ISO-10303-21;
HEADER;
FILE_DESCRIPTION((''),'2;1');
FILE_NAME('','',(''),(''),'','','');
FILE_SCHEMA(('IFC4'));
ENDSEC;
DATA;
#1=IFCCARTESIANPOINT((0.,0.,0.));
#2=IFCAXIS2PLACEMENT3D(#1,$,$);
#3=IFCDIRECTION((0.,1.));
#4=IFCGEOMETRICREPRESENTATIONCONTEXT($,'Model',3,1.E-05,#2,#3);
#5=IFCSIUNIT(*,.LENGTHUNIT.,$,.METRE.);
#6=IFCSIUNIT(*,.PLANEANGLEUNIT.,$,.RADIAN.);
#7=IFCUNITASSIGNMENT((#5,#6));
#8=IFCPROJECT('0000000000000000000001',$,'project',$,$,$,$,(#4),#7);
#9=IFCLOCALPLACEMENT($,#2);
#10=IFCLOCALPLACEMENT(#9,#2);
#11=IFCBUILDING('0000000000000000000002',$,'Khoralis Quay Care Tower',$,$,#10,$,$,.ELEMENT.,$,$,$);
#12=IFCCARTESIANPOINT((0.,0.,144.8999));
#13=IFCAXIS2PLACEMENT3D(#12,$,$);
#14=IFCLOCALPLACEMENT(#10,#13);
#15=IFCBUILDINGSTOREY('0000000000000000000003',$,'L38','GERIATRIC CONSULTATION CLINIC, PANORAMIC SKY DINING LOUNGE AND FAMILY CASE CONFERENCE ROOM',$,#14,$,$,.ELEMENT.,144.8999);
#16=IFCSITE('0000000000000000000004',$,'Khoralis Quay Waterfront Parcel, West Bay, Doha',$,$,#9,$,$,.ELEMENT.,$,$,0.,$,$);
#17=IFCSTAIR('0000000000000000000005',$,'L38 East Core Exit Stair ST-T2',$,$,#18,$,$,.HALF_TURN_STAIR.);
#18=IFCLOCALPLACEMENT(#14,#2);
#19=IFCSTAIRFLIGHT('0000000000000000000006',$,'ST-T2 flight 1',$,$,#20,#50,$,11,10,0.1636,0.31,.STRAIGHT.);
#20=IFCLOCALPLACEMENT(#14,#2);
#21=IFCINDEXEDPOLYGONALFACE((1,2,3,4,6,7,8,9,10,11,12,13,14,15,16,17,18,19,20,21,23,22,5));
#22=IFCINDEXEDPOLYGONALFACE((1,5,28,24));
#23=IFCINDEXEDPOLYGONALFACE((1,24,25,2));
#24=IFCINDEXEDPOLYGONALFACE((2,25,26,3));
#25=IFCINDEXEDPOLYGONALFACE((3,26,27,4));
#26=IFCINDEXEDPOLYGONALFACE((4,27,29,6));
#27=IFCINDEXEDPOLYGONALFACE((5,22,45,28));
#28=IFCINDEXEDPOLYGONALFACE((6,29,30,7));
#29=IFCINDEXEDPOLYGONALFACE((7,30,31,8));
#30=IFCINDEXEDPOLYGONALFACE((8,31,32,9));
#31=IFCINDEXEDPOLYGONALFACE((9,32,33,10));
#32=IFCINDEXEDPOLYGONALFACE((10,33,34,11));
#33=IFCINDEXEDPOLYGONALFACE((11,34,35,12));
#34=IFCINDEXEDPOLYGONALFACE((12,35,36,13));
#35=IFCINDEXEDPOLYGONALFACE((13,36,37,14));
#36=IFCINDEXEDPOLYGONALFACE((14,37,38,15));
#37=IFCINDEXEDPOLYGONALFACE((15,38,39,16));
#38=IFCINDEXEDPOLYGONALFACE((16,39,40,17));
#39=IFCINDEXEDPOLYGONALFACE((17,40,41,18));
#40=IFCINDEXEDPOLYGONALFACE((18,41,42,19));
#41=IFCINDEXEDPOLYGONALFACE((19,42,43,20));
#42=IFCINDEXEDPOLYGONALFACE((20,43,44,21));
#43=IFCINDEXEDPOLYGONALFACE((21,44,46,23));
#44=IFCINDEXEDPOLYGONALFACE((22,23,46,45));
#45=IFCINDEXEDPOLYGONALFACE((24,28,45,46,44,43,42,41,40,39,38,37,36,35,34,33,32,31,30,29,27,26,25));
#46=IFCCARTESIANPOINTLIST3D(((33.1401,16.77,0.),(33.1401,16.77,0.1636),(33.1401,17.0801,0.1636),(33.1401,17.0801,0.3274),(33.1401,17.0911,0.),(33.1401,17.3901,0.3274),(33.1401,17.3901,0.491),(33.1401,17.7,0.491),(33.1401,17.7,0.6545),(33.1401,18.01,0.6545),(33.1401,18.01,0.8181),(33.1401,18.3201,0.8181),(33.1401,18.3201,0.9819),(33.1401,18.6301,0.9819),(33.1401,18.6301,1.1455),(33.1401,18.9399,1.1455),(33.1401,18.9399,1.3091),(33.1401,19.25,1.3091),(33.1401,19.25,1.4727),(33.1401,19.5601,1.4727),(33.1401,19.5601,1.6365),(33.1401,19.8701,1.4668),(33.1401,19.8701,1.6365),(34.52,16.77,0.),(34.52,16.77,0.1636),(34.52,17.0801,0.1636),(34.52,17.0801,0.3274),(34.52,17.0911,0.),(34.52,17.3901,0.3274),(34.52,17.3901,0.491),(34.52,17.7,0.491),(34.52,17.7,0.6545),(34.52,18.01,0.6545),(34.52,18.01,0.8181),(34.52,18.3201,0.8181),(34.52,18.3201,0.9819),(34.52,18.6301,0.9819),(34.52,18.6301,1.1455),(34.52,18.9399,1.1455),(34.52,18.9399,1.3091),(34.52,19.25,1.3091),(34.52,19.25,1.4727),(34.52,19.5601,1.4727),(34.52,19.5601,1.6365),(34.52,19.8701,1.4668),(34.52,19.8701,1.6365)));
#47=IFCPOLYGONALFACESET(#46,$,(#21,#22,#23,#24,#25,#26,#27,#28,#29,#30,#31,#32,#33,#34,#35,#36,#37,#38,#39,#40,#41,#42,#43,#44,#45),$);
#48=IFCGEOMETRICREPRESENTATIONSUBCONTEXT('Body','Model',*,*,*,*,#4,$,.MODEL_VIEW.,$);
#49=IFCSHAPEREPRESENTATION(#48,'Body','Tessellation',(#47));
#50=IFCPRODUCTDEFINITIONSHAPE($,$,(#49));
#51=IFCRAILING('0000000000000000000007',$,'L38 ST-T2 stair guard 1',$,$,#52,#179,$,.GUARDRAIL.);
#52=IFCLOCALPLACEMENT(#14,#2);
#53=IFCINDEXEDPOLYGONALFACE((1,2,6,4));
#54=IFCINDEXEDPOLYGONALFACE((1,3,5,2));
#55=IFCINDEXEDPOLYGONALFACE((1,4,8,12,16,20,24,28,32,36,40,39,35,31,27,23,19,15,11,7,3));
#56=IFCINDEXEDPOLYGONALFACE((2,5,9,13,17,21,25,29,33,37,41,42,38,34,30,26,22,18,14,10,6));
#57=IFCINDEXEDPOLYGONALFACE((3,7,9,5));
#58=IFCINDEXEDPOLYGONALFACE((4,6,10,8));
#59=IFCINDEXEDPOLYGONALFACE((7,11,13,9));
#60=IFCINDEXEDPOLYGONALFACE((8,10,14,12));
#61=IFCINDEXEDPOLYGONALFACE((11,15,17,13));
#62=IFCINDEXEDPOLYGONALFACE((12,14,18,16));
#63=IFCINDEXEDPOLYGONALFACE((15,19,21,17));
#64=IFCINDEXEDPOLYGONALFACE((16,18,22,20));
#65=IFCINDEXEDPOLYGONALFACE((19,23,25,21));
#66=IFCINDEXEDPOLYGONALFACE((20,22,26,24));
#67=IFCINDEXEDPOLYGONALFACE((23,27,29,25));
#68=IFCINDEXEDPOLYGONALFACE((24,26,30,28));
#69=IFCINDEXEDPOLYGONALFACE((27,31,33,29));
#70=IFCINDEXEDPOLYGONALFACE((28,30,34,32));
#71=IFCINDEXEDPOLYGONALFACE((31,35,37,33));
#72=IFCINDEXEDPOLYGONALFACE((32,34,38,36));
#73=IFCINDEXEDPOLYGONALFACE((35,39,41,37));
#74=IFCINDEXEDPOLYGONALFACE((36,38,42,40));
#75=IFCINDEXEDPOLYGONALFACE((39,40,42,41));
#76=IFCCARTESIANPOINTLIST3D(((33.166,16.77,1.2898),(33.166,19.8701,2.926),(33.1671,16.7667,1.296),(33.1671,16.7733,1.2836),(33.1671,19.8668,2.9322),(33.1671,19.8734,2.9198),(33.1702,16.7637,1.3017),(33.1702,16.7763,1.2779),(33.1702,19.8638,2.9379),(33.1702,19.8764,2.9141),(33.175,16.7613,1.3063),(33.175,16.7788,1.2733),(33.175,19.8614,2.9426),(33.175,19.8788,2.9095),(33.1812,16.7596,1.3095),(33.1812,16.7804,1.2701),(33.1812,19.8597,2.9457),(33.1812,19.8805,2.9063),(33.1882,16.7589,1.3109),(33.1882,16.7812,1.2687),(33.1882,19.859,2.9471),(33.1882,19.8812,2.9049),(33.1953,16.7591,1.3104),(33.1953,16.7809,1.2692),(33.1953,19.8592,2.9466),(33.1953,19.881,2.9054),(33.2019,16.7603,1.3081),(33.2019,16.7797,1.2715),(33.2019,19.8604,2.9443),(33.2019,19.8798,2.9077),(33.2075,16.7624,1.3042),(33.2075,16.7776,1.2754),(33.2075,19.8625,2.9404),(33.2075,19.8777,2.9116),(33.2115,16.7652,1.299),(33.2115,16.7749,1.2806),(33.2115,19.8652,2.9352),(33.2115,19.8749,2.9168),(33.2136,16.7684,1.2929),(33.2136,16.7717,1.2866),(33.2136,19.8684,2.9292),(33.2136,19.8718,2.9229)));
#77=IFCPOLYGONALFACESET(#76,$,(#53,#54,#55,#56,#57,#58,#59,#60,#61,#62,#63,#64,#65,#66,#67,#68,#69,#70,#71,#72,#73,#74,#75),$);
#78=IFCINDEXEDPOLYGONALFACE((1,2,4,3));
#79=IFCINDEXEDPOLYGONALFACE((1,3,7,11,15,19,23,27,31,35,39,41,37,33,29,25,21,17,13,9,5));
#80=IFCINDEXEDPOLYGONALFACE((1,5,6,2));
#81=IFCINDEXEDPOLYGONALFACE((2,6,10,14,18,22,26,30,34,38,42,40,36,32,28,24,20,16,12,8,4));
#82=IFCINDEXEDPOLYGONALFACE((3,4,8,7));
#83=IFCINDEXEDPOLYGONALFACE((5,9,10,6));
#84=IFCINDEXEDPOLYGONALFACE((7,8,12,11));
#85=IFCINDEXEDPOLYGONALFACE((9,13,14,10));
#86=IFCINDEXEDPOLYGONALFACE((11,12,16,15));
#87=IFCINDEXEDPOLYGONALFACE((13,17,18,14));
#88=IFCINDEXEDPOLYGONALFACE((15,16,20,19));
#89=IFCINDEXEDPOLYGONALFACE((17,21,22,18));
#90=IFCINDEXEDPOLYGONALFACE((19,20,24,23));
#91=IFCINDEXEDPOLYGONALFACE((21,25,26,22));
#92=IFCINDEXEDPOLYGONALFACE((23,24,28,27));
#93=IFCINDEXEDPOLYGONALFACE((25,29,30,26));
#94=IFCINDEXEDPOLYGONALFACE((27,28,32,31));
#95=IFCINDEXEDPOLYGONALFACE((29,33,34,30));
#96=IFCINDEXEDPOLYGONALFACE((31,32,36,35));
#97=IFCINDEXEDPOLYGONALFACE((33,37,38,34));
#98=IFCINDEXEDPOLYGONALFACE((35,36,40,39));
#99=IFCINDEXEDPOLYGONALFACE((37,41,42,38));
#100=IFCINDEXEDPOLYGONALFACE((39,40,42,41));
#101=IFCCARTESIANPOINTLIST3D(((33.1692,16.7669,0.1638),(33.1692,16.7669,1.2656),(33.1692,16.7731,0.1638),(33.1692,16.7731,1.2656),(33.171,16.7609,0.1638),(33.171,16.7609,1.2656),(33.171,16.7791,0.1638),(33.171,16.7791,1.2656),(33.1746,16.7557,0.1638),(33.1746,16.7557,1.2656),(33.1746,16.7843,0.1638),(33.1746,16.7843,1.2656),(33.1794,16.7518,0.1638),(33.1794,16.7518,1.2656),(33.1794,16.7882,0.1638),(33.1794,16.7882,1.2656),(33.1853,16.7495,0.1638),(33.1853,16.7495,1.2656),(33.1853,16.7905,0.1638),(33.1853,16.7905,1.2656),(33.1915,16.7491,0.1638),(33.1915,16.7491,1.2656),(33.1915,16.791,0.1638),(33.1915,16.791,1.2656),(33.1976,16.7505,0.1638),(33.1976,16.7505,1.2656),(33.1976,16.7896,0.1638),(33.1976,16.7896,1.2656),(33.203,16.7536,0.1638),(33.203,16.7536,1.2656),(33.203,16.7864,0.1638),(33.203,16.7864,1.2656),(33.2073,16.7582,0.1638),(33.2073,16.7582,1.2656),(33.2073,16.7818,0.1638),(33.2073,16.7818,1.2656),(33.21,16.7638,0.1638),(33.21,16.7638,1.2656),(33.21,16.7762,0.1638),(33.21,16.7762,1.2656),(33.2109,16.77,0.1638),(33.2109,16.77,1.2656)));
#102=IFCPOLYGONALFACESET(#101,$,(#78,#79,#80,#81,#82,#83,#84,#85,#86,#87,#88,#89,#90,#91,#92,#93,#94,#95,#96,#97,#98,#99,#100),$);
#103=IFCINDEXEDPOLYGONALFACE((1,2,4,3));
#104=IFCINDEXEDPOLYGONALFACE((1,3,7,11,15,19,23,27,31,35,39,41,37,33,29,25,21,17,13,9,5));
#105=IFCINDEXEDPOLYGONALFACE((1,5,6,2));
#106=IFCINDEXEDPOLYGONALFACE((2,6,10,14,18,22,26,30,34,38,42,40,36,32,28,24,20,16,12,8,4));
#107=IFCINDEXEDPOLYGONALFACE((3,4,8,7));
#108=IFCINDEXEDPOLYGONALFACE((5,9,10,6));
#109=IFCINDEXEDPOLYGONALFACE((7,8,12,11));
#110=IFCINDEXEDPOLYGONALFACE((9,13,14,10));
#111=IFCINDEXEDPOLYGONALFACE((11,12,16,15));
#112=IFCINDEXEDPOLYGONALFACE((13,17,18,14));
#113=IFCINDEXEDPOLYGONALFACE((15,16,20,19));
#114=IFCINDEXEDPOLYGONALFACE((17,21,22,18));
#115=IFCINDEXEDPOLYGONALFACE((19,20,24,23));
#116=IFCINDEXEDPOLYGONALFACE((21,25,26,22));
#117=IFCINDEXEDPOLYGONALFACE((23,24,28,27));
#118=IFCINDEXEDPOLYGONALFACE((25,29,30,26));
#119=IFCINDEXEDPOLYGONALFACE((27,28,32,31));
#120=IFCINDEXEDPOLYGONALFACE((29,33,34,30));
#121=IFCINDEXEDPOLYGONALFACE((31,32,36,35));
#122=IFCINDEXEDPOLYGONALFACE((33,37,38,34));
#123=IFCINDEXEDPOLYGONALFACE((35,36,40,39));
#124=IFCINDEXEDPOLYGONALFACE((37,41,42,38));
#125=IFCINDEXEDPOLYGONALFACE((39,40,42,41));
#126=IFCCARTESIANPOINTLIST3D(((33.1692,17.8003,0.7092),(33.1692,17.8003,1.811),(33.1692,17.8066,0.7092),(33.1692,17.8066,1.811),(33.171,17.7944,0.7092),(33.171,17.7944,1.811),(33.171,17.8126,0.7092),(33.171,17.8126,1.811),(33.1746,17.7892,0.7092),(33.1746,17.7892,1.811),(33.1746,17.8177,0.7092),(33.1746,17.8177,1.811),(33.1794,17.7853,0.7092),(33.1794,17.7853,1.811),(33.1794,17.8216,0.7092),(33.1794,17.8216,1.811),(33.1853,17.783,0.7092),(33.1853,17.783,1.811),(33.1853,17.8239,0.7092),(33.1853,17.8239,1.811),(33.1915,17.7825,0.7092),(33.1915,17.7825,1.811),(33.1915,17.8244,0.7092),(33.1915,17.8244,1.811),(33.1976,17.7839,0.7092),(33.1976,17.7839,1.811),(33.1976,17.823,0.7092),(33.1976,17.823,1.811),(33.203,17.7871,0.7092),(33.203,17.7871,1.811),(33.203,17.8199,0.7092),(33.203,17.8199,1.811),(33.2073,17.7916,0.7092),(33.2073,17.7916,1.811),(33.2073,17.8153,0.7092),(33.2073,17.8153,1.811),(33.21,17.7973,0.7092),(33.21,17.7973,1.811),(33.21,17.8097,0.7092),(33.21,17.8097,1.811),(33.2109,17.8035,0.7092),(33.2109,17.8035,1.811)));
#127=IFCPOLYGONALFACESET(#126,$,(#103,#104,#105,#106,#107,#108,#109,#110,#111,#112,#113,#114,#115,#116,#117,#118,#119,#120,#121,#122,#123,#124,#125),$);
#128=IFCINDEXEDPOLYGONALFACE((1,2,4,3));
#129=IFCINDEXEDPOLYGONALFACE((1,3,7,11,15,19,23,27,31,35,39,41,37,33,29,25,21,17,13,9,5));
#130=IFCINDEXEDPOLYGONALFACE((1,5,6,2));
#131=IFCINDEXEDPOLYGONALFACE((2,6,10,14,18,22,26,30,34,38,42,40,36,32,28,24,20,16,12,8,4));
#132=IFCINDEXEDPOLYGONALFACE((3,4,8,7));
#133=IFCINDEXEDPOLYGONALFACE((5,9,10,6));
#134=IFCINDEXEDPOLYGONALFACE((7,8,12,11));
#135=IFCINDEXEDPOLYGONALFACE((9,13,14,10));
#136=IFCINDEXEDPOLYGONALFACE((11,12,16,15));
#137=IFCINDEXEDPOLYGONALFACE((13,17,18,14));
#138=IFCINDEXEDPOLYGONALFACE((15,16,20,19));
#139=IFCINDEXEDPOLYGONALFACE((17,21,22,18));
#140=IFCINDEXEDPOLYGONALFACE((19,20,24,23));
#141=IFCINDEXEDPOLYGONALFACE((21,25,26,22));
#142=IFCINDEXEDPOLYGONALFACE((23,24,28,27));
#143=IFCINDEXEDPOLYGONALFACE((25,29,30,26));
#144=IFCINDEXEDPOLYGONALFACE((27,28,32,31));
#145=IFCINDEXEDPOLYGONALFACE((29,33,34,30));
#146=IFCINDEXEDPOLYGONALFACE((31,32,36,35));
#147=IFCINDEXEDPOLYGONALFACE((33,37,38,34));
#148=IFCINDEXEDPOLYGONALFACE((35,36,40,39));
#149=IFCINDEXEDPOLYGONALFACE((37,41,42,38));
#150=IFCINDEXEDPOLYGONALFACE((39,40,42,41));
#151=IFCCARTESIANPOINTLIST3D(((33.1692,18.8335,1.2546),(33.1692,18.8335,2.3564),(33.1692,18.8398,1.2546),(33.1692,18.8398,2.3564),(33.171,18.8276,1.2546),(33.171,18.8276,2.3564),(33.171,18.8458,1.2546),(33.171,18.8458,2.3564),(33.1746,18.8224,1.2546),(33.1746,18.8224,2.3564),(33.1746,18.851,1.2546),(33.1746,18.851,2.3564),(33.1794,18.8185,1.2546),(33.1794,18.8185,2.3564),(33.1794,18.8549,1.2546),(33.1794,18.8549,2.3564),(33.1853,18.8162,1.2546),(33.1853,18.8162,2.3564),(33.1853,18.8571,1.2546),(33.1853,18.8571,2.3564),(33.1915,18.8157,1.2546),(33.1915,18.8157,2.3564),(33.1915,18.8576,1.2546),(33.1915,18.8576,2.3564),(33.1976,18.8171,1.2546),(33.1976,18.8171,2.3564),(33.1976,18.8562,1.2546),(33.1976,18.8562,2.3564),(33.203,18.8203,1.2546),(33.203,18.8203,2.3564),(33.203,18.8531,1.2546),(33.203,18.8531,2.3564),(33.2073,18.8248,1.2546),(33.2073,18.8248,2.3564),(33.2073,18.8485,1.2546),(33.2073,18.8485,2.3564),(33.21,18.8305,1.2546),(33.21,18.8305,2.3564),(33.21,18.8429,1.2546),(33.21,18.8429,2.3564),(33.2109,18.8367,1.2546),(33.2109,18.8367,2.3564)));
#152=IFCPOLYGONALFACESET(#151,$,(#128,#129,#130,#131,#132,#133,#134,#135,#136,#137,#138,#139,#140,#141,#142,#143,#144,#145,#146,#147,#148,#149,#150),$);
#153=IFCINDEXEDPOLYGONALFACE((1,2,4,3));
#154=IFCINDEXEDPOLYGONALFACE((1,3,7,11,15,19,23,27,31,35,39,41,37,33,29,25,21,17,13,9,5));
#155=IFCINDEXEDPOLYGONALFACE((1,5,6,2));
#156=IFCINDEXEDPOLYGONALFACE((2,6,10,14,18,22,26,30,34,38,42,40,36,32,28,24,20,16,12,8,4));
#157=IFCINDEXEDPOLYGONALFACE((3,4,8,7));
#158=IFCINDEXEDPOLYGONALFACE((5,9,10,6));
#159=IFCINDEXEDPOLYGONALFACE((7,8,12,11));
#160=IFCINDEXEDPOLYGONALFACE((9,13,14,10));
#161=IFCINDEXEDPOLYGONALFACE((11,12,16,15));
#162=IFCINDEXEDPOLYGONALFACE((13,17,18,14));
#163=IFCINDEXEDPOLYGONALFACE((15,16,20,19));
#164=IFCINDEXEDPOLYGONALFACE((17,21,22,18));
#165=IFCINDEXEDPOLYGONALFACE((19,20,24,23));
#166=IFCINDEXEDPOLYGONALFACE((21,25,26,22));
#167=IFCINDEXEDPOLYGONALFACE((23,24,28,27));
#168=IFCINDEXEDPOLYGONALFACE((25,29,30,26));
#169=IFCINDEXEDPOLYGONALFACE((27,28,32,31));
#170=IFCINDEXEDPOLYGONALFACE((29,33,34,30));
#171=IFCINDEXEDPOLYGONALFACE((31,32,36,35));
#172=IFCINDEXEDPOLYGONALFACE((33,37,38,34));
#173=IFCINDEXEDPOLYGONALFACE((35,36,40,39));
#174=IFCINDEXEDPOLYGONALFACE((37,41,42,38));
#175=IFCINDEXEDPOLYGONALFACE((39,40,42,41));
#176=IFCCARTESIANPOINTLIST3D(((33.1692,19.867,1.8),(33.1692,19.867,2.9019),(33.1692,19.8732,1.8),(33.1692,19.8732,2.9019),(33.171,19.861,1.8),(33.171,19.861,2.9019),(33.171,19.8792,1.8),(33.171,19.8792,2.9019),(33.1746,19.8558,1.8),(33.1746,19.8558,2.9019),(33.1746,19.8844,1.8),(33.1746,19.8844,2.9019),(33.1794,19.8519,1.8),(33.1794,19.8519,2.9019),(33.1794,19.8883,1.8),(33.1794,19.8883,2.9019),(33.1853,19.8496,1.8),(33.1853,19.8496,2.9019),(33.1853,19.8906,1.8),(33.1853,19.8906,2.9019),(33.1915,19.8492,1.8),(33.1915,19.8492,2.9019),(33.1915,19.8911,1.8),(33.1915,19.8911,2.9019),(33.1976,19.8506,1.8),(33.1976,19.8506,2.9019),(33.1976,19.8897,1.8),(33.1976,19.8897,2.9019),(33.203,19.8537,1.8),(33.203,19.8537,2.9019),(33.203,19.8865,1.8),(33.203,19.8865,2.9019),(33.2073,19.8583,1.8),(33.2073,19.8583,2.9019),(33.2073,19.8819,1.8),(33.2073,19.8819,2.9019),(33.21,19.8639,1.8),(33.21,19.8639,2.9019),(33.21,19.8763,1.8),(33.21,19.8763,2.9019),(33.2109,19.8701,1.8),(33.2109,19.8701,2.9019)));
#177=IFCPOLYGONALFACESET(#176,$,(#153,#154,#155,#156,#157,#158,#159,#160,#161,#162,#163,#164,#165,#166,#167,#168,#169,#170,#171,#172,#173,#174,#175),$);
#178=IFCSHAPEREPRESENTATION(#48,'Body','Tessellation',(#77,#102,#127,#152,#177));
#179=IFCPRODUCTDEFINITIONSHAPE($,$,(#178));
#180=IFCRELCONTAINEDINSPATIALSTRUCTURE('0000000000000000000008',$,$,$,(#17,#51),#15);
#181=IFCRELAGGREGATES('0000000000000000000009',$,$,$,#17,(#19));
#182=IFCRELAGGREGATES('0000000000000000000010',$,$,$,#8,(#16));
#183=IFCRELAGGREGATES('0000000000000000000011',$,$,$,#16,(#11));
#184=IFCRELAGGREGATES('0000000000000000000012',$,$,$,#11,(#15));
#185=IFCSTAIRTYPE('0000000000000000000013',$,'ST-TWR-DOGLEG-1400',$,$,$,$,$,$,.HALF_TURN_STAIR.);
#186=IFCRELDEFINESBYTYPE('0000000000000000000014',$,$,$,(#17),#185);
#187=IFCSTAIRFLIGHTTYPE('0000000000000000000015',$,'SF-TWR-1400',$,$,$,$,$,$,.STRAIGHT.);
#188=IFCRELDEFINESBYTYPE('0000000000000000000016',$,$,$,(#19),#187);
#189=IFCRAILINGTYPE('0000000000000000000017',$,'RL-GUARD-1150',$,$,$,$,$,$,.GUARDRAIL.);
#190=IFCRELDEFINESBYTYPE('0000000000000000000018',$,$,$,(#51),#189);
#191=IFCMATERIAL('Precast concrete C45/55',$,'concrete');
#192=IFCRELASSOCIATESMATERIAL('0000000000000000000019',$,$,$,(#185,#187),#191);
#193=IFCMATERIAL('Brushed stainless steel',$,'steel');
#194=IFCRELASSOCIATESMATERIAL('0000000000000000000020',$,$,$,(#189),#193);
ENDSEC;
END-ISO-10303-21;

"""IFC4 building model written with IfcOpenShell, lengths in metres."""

from ifc_helpers import new_model, si_unit, direction, frame, origin, origin_2d, place, context, subcontext, project, spatial, polyline, circle, outline, extrude, source, transform, mapped, material, type_object, element, aggregate, save


model = new_model("IFC4")

# Units and contexts
model_context = context("Model", 3, precision=1e-05, world=origin(), true_north=direction((0.0, 1.0)))
body_context = subcontext(model_context, "Body", "Model", "MODEL_VIEW")
ifc_project = project(units=[si_unit("LENGTHUNIT", "METRE"), si_unit("PLANEANGLEUNIT", "RADIAN")], contexts=[model_context])

# Site, building, storey
site_placement = place(None, origin())
site = spatial("IfcSite", under=ifc_project, at=site_placement, Name="Khoralis Quay Waterfront Parcel, West Bay, Doha", CompositionType="ELEMENT", RefElevation=0.0)
building_placement = place(site_placement, origin())
building = spatial("IfcBuilding", under=site, at=building_placement, Name="Khoralis Quay Care Tower", CompositionType="ELEMENT")
storey_placement = place(building_placement, frame((0.0, 0.0, 144.8999)))
storey = spatial("IfcBuildingStorey", under=building, at=storey_placement, Name="L38", Description="GERIATRIC CONSULTATION CLINIC, PANORAMIC SKY DINING LOUNGE AND FAMILY CASE CONFERENCE ROOM", CompositionType="ELEMENT", Elevation=144.8999)

# Stair, stair flight
ifc_material_1 = material(Name="Precast concrete C45/55", Category="concrete")
stair_type = type_object("IfcStairType", Name="ST-TWR-DOGLEG-1400", PredefinedType="HALF_TURN_STAIR", material=ifc_material_1)
stair_placement = place(storey_placement, origin())
stair = element("IfcStair", 1, at=stair_placement, inside=storey, type_object=stair_type, Name="L38 East Core Exit Stair ST-T2", PredefinedType="HALF_TURN_STAIR")
stair_flight_type = type_object("IfcStairFlightType", Name="SF-TWR-1400", PredefinedType="STRAIGHT", material=ifc_material_1)
shared_shape_1 = source(origin(), body_context, "Body", "SweptSolid", [
    extrude(outline(polyline([(0.0, 0.0), (0.0, 0.1636), (0.3101, 0.1636), (0.3101, 0.3274), (0.6201, 0.3274), (0.6201, 0.491), (0.9299, 0.491), (0.9299, 0.6545), (1.24, 0.6545), (1.24, 0.8181), (1.55, 0.8181), (1.55, 0.9819), (1.8601, 0.9819), (1.8601, 1.1455), (2.1699, 1.1455), (2.1699, 1.3091), (2.48, 1.3091), (2.48, 1.4727), (2.79, 1.4727), (2.79, 1.6365), (3.1001, 1.6365), (3.1001, 1.8), (3.1001, 1.4668), (0.321, 0.0), (0.0, 0.0)])), frame((0.0, 0.6899, 0.0), z_axis=(0.0, -1.0, 0.0), x_axis=(1.0, 0.0, 0.0)), (0.0, 0.0, 1.0), 1.3799),
])
stair_flight_placement = place(storey_placement, frame((33.8301, 16.77, 0.0), z_axis=(0.0, 0.0, 1.0), x_axis=(0.0, 1.0, 0.0)))
stair_flight = element("IfcStairFlight", 2, at=stair_flight_placement, type_object=stair_flight_type, Name="ST-T2 flight 1", NumberOfRisers=11, NumberOfTreads=10, PredefinedType="STRAIGHT", RiserHeight=0.1636, TreadLength=0.31, context=body_context, shape_type="MappedRepresentation", body=[
    mapped(shared_shape_1, transform((0.0, 0.0, 0.0), scale=1.0)),
])
aggregate(stair, [stair_flight])

# Railing
ifc_material_2 = material(Name="Brushed stainless steel", Category="steel")
railing_type_1 = type_object("IfcRailingType", Name="RL-GUARD-1150", PredefinedType="GUARDRAIL", material=ifc_material_2)
railing_1_placement = place(storey_placement, frame((33.1899, 16.77, 0.1638)))
element("IfcRailing", 3, at=railing_1_placement, inside=storey, type_object=railing_type_1, Name="L38 ST-T2 stair guard 1", PredefinedType="GUARDRAIL", context=body_context, shape_type="SweptSolid", body=[
    extrude(circle(Radius=0.0239, at=origin_2d()), frame((0.0, 0.0, 1.126), z_axis=(0.0, 0.884377, 0.466774), x_axis=(-1.0, 0.0, 0.0)), (0.0, 0.0, 1.0), 3.5054),
    extrude(circle(Radius=0.021, at=origin_2d()), origin(), (0.0, 0.0, 1.0), 1.1018),
    extrude(circle(Radius=0.021, at=origin_2d()), frame((0.0, 1.0334, 0.5454)), (0.0, 0.0, 1.0), 1.1018),
    extrude(circle(Radius=0.021, at=origin_2d()), frame((0.0, 2.0667, 1.0908)), (0.0, 0.0, 1.0), 1.1018),
    extrude(circle(Radius=0.021, at=origin_2d()), frame((0.0, 3.1001, 1.6362)), (0.0, 0.0, 1.0), 1.1018),
])

save(model, "model.ifc")
